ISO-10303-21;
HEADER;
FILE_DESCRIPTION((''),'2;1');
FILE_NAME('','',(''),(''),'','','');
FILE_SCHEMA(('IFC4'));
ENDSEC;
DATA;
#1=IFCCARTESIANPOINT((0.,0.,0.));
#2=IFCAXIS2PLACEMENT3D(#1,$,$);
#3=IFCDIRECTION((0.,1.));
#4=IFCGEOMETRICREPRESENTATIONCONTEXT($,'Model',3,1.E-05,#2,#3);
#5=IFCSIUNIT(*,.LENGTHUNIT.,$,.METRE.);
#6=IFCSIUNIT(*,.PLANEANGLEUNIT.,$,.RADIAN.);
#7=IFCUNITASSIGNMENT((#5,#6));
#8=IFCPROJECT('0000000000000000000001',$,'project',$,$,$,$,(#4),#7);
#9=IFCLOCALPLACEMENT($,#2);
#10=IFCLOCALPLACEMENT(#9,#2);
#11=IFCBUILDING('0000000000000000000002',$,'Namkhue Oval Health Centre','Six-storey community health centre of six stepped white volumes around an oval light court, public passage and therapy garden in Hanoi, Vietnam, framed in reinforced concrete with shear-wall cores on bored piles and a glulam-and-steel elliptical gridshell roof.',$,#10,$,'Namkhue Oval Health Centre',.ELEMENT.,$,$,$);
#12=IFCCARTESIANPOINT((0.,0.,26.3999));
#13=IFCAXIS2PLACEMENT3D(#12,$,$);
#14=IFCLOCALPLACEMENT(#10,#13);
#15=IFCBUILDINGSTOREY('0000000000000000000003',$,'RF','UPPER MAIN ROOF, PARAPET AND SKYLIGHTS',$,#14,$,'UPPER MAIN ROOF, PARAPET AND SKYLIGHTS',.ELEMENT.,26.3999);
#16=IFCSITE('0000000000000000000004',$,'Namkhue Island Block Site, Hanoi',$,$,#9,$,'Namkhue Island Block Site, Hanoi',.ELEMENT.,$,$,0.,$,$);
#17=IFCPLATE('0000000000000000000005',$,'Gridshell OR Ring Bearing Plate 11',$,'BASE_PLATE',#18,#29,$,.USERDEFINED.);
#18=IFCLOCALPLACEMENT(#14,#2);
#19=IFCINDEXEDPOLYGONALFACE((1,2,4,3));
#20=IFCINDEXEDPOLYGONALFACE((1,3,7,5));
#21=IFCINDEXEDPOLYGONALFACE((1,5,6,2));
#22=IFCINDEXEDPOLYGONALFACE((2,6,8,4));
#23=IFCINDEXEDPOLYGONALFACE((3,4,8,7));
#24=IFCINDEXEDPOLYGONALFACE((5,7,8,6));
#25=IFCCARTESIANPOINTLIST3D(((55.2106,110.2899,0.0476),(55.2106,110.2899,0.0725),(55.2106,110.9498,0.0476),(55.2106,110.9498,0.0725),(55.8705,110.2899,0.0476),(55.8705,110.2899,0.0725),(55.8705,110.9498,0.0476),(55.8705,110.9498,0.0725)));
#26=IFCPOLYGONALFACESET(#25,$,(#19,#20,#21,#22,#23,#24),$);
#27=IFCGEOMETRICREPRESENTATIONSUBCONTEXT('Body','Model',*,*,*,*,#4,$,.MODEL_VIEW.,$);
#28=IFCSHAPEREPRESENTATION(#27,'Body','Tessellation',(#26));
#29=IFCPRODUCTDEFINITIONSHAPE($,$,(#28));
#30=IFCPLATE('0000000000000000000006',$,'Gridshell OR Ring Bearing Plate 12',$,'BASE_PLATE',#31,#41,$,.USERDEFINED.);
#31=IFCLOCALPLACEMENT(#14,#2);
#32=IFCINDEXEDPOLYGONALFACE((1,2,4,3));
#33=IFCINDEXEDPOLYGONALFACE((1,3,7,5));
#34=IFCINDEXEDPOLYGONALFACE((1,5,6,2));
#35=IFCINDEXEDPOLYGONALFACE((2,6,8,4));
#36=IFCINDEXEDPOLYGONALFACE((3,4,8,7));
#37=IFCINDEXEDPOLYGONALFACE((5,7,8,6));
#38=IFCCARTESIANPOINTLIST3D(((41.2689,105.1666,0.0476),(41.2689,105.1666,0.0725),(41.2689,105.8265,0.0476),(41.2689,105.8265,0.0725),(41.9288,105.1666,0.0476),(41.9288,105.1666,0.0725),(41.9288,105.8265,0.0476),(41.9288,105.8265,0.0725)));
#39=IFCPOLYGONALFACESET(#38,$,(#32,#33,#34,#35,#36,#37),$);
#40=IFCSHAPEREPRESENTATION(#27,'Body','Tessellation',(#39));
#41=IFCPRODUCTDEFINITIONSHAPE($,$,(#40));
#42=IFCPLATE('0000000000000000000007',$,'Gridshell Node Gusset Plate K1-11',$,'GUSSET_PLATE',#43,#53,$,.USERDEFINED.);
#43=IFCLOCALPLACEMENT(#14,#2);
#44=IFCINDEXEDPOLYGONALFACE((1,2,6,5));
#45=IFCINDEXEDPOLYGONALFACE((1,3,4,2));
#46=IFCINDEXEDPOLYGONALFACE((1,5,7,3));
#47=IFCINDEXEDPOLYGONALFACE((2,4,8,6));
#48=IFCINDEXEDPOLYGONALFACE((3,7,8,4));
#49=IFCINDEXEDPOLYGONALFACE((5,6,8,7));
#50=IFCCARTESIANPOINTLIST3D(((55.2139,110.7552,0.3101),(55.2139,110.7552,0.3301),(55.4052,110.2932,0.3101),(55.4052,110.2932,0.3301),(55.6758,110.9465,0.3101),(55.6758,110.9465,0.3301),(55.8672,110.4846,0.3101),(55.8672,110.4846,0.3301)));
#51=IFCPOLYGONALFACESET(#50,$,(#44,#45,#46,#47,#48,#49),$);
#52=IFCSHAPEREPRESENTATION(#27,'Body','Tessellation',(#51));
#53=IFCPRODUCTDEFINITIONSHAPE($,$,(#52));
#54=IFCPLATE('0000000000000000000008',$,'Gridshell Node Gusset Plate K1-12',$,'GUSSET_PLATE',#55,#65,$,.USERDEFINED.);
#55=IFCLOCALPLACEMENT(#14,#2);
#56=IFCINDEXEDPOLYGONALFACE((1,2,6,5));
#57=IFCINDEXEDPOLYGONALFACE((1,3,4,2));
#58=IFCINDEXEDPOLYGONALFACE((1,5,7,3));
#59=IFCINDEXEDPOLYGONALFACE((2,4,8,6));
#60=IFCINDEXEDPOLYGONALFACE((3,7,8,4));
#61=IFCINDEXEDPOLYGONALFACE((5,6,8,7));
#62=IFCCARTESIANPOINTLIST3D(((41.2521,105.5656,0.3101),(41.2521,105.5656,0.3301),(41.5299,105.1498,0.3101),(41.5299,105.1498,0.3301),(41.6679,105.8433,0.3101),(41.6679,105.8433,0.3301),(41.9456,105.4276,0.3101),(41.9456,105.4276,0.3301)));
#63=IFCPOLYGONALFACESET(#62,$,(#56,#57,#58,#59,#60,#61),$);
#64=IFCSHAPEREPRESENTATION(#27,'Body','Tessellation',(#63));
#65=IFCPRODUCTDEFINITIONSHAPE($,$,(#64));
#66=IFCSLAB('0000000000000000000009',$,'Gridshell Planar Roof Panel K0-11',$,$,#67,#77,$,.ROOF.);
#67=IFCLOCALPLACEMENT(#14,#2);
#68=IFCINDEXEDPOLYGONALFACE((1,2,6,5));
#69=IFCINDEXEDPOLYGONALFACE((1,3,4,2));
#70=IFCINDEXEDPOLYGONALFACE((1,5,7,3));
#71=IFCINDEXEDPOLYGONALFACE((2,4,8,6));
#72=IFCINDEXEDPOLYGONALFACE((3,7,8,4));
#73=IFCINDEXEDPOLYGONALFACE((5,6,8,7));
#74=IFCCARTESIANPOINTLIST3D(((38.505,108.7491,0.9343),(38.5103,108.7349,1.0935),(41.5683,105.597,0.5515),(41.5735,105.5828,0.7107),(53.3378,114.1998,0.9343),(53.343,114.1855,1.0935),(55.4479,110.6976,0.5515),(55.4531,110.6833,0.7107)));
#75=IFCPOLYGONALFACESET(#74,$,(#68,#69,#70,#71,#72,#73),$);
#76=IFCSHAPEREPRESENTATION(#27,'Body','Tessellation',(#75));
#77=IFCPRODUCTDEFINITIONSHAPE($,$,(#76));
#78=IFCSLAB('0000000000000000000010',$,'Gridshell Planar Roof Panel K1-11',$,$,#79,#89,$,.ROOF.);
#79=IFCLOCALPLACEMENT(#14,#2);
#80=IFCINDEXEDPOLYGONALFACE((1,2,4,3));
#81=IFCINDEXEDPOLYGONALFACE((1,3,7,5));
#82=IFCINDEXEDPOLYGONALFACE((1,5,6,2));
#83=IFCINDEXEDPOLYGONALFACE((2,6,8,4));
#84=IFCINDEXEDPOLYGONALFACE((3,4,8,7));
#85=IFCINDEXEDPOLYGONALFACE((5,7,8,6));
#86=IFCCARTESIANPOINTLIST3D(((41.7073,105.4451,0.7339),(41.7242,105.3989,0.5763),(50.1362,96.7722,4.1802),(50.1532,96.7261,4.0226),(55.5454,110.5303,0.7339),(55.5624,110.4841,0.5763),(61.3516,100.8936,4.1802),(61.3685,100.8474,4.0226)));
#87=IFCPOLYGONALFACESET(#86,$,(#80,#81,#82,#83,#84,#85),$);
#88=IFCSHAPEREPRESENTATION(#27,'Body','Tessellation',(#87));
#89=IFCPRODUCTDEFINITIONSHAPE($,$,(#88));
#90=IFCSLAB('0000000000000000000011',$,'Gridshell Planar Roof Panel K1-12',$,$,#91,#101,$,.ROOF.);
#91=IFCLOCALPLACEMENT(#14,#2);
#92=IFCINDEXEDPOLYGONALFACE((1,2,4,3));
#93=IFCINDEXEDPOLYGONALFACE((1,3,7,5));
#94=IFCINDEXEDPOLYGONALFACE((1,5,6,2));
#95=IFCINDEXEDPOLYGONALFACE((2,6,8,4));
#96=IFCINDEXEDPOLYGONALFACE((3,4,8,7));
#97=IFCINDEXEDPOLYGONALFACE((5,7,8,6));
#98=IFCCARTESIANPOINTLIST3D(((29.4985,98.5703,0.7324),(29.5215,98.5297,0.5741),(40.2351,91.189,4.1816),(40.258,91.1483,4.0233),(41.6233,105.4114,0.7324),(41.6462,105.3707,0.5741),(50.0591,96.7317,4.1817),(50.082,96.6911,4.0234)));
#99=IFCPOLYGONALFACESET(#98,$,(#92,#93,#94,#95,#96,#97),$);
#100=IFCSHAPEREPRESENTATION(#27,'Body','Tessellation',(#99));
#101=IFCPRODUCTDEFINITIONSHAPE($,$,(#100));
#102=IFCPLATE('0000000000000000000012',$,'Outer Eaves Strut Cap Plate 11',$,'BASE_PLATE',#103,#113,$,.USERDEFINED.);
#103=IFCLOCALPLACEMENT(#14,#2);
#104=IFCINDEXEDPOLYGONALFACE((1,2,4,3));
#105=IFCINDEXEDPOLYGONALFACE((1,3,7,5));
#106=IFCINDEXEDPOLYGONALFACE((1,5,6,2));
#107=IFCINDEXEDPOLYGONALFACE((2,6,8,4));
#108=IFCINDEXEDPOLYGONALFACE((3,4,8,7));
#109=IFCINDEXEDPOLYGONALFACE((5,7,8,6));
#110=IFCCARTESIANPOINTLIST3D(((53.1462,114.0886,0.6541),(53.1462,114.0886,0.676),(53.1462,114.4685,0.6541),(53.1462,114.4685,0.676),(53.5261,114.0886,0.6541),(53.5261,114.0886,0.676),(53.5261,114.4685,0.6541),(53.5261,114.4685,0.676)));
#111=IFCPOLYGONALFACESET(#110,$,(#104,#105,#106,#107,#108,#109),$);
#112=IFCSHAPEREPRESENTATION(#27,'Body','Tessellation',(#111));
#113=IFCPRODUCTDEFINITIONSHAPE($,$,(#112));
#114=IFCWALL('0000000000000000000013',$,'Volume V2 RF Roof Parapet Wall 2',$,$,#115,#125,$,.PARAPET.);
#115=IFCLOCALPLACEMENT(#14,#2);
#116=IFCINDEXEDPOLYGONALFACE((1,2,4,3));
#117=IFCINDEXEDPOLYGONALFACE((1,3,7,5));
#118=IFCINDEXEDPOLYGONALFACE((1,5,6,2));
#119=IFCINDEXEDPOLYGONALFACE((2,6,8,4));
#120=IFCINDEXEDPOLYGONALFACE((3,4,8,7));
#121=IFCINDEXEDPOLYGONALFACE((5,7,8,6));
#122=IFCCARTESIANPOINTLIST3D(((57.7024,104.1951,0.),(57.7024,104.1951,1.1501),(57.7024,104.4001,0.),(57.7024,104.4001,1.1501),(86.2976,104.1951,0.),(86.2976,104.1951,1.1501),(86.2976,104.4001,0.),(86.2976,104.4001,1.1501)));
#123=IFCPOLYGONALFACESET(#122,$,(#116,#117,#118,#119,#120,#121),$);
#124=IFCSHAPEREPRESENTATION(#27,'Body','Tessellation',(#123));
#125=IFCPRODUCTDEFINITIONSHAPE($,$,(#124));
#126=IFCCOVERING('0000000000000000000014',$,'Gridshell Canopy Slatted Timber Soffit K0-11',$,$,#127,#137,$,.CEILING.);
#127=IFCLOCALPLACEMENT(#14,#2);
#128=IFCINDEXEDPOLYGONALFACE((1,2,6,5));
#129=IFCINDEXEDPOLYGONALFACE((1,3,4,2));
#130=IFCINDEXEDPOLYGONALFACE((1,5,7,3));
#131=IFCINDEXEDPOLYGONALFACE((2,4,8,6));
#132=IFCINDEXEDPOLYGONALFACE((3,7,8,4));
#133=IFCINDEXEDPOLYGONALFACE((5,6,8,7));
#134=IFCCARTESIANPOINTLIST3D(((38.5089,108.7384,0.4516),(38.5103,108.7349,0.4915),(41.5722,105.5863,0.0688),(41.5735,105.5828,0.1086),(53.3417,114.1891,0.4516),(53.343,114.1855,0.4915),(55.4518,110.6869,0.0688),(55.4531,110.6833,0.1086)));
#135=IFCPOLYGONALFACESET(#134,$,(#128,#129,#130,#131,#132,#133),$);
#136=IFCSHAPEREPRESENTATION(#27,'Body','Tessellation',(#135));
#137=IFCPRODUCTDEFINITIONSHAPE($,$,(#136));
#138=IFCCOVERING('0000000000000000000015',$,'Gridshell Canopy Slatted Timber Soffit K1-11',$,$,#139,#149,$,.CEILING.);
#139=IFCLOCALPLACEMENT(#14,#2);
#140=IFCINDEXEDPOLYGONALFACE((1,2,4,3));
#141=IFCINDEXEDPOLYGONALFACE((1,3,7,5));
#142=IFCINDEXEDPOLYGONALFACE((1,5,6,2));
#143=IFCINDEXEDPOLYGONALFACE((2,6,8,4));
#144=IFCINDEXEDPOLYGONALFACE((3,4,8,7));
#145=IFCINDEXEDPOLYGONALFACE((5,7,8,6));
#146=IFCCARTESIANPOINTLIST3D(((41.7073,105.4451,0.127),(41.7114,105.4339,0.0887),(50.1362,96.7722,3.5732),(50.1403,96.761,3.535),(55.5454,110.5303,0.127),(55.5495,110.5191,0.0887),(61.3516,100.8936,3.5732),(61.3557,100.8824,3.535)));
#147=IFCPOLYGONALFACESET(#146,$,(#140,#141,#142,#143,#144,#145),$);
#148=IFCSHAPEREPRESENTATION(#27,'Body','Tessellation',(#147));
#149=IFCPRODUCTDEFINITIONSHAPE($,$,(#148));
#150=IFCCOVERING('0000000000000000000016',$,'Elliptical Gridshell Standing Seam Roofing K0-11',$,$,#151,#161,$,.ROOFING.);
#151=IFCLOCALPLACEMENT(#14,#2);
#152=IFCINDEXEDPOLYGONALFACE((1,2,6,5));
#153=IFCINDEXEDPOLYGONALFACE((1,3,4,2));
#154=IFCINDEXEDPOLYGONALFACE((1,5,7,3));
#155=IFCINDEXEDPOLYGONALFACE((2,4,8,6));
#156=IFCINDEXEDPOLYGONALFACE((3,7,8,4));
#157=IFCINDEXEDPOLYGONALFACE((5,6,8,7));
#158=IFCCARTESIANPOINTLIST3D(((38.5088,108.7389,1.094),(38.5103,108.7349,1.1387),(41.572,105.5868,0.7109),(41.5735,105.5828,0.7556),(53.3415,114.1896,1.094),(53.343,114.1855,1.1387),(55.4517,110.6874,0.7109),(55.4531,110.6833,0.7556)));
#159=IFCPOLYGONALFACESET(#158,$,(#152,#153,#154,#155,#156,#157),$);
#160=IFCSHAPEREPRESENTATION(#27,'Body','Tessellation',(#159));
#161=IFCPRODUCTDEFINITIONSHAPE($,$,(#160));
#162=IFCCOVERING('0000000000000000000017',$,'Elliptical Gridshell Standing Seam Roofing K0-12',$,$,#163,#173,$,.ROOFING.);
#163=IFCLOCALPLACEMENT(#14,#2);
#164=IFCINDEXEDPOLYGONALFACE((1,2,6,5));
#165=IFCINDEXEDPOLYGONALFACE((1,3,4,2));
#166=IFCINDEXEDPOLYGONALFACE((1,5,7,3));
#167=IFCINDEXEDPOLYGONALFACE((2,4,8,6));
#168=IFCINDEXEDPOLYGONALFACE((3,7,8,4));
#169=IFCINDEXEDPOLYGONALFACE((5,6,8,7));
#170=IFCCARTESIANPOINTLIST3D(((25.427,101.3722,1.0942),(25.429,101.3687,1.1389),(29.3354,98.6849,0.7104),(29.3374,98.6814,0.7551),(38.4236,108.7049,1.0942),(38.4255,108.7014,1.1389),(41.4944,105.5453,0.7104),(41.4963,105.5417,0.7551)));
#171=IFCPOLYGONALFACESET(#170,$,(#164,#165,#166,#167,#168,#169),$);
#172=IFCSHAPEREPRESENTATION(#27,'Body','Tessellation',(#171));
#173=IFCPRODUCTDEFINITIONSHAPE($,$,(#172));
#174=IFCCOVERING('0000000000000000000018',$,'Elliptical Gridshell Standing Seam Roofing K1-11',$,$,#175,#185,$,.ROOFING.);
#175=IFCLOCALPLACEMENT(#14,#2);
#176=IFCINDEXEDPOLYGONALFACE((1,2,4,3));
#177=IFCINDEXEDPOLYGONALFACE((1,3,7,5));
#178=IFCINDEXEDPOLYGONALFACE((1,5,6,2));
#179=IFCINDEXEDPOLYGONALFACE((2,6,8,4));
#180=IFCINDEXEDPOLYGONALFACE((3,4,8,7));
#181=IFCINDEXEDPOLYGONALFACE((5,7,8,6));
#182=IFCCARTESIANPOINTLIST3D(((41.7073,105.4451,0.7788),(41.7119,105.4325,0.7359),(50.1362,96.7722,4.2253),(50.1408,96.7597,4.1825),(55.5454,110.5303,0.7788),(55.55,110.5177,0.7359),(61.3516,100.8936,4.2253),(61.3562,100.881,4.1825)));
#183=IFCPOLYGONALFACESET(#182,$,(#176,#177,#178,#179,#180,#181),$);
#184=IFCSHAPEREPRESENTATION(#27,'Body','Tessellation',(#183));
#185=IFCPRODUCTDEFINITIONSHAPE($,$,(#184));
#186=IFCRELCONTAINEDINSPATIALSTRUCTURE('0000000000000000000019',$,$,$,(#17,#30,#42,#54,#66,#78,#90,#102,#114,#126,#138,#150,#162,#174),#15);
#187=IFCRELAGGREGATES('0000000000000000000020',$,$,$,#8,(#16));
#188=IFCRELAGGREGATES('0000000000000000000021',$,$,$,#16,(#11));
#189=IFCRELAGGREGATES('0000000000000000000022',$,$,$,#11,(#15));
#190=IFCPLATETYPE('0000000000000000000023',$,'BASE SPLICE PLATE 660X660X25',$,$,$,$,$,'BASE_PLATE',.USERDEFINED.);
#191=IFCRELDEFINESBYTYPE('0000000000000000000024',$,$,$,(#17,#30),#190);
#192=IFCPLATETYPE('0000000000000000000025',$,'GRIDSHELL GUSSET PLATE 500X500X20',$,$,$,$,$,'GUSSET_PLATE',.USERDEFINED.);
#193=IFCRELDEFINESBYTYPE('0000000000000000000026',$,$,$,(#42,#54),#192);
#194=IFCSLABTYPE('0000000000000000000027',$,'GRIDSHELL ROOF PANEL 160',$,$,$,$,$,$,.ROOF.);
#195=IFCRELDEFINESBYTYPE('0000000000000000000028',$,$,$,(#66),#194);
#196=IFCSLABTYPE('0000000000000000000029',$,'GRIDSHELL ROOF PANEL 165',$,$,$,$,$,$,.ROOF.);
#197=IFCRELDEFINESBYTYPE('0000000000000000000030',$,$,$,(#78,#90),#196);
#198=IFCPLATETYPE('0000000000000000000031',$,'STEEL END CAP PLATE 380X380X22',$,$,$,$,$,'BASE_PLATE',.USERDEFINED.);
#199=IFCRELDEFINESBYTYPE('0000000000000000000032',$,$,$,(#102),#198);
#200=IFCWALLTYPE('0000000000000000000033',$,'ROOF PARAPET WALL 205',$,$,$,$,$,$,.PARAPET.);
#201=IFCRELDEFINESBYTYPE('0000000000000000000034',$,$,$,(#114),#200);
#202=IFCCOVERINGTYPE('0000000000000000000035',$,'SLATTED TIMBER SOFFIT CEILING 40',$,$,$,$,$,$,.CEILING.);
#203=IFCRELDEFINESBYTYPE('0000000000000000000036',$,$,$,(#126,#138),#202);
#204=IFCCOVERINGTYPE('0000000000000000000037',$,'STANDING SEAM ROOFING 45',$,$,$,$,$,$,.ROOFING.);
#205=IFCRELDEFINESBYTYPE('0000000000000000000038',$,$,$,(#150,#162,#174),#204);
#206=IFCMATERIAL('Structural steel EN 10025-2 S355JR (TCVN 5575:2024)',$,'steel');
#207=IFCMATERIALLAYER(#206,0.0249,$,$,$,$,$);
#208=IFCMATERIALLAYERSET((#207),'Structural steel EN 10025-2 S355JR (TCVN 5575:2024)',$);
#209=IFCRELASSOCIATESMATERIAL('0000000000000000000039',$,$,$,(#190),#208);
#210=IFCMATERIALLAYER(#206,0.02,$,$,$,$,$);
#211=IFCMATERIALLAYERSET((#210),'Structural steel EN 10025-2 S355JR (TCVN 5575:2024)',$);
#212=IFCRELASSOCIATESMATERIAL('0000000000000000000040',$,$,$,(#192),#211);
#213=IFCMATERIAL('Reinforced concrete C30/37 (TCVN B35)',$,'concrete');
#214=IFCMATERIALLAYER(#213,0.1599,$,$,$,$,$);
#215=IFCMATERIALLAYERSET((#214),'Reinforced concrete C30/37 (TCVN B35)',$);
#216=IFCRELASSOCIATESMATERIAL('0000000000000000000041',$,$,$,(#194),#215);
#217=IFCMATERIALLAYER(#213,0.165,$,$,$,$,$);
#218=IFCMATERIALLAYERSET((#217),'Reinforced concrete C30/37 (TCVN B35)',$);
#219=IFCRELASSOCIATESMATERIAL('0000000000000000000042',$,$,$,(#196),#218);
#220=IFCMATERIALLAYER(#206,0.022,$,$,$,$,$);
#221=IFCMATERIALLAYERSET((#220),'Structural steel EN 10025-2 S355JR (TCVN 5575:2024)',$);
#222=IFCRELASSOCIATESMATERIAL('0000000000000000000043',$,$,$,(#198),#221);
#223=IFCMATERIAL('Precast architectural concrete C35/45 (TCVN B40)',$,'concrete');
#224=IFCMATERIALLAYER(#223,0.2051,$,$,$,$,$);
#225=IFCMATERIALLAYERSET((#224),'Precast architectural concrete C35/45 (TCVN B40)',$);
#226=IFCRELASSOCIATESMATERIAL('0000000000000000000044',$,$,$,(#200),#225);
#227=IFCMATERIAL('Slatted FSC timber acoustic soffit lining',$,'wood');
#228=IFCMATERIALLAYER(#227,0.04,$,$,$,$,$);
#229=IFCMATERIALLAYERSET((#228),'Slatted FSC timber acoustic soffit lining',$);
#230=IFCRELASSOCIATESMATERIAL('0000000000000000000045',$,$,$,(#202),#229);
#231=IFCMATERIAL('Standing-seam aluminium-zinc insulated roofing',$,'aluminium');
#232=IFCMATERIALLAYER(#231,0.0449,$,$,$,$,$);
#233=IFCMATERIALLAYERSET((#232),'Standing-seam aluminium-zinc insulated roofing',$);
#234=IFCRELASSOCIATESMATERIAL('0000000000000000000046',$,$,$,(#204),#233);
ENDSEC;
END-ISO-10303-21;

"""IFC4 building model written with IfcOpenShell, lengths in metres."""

from ifc_helpers import new_model, si_unit, direction, frame, frame_2d, origin, origin_2d, place, context, subcontext, project, spatial, polyline, rectangle, outline, extrude, material, layer, layer_set, type_object, element, save


model = new_model("IFC4")

# Units and contexts
model_context = context("Model", 3, precision=1e-05, world=origin(), true_north=direction((0.0, 1.0)))
body_context = subcontext(model_context, "Body", "Model", "MODEL_VIEW")
ifc_project = project(units=[si_unit("LENGTHUNIT", "METRE"), si_unit("PLANEANGLEUNIT", "RADIAN")], contexts=[model_context])

# Site, building, storey
site_placement = place(None, origin())
site = spatial("IfcSite", under=ifc_project, at=site_placement, Name="Namkhue Island Block Site, Hanoi", LongName="Namkhue Island Block Site, Hanoi", CompositionType="ELEMENT", RefElevation=0.0)
building_placement = place(site_placement, origin())
building = spatial("IfcBuilding", under=site, at=building_placement, Name="Namkhue Oval Health Centre", Description="Six-storey community health centre of six stepped white volumes around an oval light court, public passage and therapy garden in Hanoi, Vietnam, framed in reinforced concrete with shear-wall cores on bored piles and a glulam-and-steel elliptical gridshell roof.", LongName="Namkhue Oval Health Centre", CompositionType="ELEMENT")
storey_placement = place(building_placement, frame((0.0, 0.0, 26.3999)))
storey = spatial("IfcBuildingStorey", under=building, at=storey_placement, Name="RF", Description="UPPER MAIN ROOF, PARAPET AND SKYLIGHTS", LongName="UPPER MAIN ROOF, PARAPET AND SKYLIGHTS", CompositionType="ELEMENT", Elevation=26.3999)

# Shared definitions
ifc_material_1 = material(Name="Precast architectural concrete C35/45 (TCVN B40)", Category="concrete")

# Shared definitions
ifc_material_2 = material(Name="Structural steel EN 10025-2 S355JR (TCVN 5575:2024)", Category="steel")

# Plates
ifc_layer_1 = layer(ifc_material_2, 0.0249)
ifc_layer_set_1 = layer_set([ifc_layer_1], Name="Structural steel EN 10025-2 S355JR (TCVN 5575:2024)")
plate_type_1 = type_object("IfcPlateType", Name="BASE SPLICE PLATE 660X660X25", ElementType="BASE_PLATE", PredefinedType="USERDEFINED", material=ifc_layer_set_1)
for number, where, z_axis, x_axis, name in (
    (1, (55.5405, 110.6199, 0.0476), (0.0, 0.0, 1.0), (1.0, 0.0, 0.0), "Gridshell OR Ring Bearing Plate 11"),
    (2, (41.5989, 105.4966, 0.0476), (0.0, 0.0, 1.0), (1.0, 0.0, 0.0), "Gridshell OR Ring Bearing Plate 12"),
):
    element("IfcPlate", number, at=place(storey_placement, frame(where, z_axis=z_axis, x_axis=x_axis)), inside=storey, type_object=plate_type_1, Name=name, ObjectType="BASE_PLATE", PredefinedType="USERDEFINED", context=body_context, shape_type="SweptSolid", body=[
        extrude(rectangle(XDim=0.6599, YDim=0.6599, at=origin_2d()), origin(), (0.0, 0.0, 1.0), 0.0249),
    ])
ifc_layer_2 = layer(ifc_material_2, 0.02)
ifc_layer_set_2 = layer_set([ifc_layer_2], Name="Structural steel EN 10025-2 S355JR (TCVN 5575:2024)")
plate_type_2 = type_object("IfcPlateType", Name="GRIDSHELL GUSSET PLATE 500X500X20", ElementType="GUSSET_PLATE", PredefinedType="USERDEFINED", material=ifc_layer_set_2)
for number, where, z_axis, x_axis, name in (
    (3, (55.5405, 110.6199, 0.3101), (0.0, 0.0, 1.0), (-0.382683, 0.92388, 0.0), "Gridshell Node Gusset Plate K1-11"),
    (4, (41.5989, 105.4966, 0.3101), (0.0, 0.0, 1.0), (-0.55557, 0.83147, 0.0), "Gridshell Node Gusset Plate K1-12"),
):
    element("IfcPlate", number, at=place(storey_placement, frame(where, z_axis=z_axis, x_axis=x_axis)), inside=storey, type_object=plate_type_2, Name=name, ObjectType="GUSSET_PLATE", PredefinedType="USERDEFINED", context=body_context, shape_type="SweptSolid", body=[
        extrude(rectangle(XDim=0.5, YDim=0.5, at=origin_2d()), origin(), (0.0, 0.0, 1.0), 0.02),
    ])

# Slabs
ifc_material_3 = material(Name="Reinforced concrete C30/37 (TCVN B35)", Category="concrete")
ifc_layer_3 = layer(ifc_material_3, 0.1599)
ifc_layer_set_3 = layer_set([ifc_layer_3], Name="Reinforced concrete C30/37 (TCVN B35)")
slab_type_1 = type_object("IfcSlabType", Name="GRIDSHELL ROOF PANEL 160", PredefinedType="ROOF", material=ifc_layer_set_3)
slab_1_placement = place(storey_placement, frame((53.343, 114.1855, 1.0935), z_axis=(0.032738, -0.089086, 0.995486), x_axis=(-0.938631, -0.344924, 0.0)))
element("IfcSlab", 5, at=slab_1_placement, inside=storey, type_object=slab_type_1, Name="Gridshell Planar Roof Panel K0-11", PredefinedType="ROOF", context=body_context, shape_type="SweptSolid", body=[
    extrude(outline(polyline([(0.0, 0.0), (15.8026, 0.0), (14.0145, 4.0334), (-0.7726, 4.0333), (0.0, 0.0)])), origin(), (0.0, 0.0, -1.0), 0.1599),
])
ifc_layer_4 = layer(ifc_material_3, 0.165)
ifc_layer_set_4 = layer_set([ifc_layer_4], Name="Reinforced concrete C30/37 (TCVN B35)")
slab_type_2 = type_object("IfcSlabType", Name="GRIDSHELL ROOF PANEL 165", PredefinedType="ROOF", material=ifc_layer_set_4)
slab_2_placement = place(storey_placement, frame((55.5454, 110.5303, 0.7339), z_axis=(-0.102714, 0.279512, 0.954632), x_axis=(-0.93863, -0.344925, 0.0)))
element("IfcSlab", 6, at=slab_2_placement, inside=storey, type_object=slab_type_2, Name="Gridshell Planar Roof Panel K1-11", PredefinedType="ROOF", context=body_context, shape_type="SweptSolid", body=[
    extrude(outline(polyline([(0.0, 0.0), (14.7429, 0.0), (9.8227, 11.573), (-2.1259, 11.573), (0.0, 0.0)])), origin(), (0.0, 0.0, -1.0), 0.165),
])
slab_3_placement = place(storey_placement, frame((41.6233, 105.4114, 0.7324), z_axis=(-0.138902, 0.246187, 0.959217), x_axis=(-0.870934, -0.4914, 0.000002)))
element("IfcSlab", 7, at=slab_3_placement, inside=storey, type_object=slab_type_2, Name="Gridshell Planar Roof Panel K1-12", PredefinedType="ROOF", context=body_context, shape_type="SweptSolid", body=[
    extrude(outline(polyline([(0.0, 0.0), (13.9216, 0.0), (8.1979, 12.2023), (-3.0818, 12.2024), (0.0, 0.0)])), origin(), (0.0, 0.0, -1.0), 0.165),
])

# Plate
ifc_layer_5 = layer(ifc_material_2, 0.022)
ifc_layer_set_5 = layer_set([ifc_layer_5], Name="Structural steel EN 10025-2 S355JR (TCVN 5575:2024)")
plate_type_3 = type_object("IfcPlateType", Name="STEEL END CAP PLATE 380X380X22", ElementType="BASE_PLATE", PredefinedType="USERDEFINED", material=ifc_layer_set_5)
plate_placement = place(storey_placement, frame((53.3362, 114.2786, 0.6541), z_axis=(0.0, 0.0, 1.0), x_axis=(1.0, 0.0, 0.0)))
element("IfcPlate", 8, at=plate_placement, inside=storey, type_object=plate_type_3, Name="Outer Eaves Strut Cap Plate 11", ObjectType="BASE_PLATE", PredefinedType="USERDEFINED", context=body_context, shape_type="SweptSolid", body=[
    extrude(rectangle(XDim=0.3799, YDim=0.3799, at=origin_2d()), origin(), (0.0, 0.0, 1.0), 0.022),
])

# Wall
ifc_layer_6 = layer(ifc_material_1, 0.2051)
ifc_layer_set_6 = layer_set([ifc_layer_6], Name="Precast architectural concrete C35/45 (TCVN B40)")
wall_type = type_object("IfcWallType", Name="ROOF PARAPET WALL 205", PredefinedType="PARAPET", material=ifc_layer_set_6)
wall_placement = place(storey_placement, frame((57.7024, 104.2976, 0.0), z_axis=(0.0, 0.0, 1.0), x_axis=(1.0, 0.0, 0.0)))
element("IfcWall", 9, at=wall_placement, inside=storey, type_object=wall_type, Name="Volume V2 RF Roof Parapet Wall 2", PredefinedType="PARAPET", context=body_context, shape_type="SweptSolid", body=[
    extrude(rectangle(XDim=28.5952, YDim=0.2051, at=frame_2d((14.2976, 0.0))), origin(), (0.0, 0.0, 1.0), 1.1501),
])

# Coverings
ifc_material_4 = material(Name="Slatted FSC timber acoustic soffit lining", Category="wood")
ifc_layer_7 = layer(ifc_material_4, 0.04)
ifc_layer_set_7 = layer_set([ifc_layer_7], Name="Slatted FSC timber acoustic soffit lining")
covering_type_1 = type_object("IfcCoveringType", Name="SLATTED TIMBER SOFFIT CEILING 40", PredefinedType="CEILING", material=ifc_layer_set_7)
covering_1_placement = place(storey_placement, frame((53.343, 114.1855, 0.4915), z_axis=(0.032738, -0.089086, 0.995486), x_axis=(-0.938631, -0.344924, 0.0)))
element("IfcCovering", 10, at=covering_1_placement, inside=storey, type_object=covering_type_1, Name="Gridshell Canopy Slatted Timber Soffit K0-11", PredefinedType="CEILING", context=body_context, shape_type="SweptSolid", body=[
    extrude(outline(polyline([(0.0, 0.0), (15.8026, 0.0), (14.0145, 4.0334), (-0.7726, 4.0333), (0.0, 0.0)])), origin(), (0.0, 0.0, -1.0), 0.04),
])
covering_2_placement = place(storey_placement, frame((55.5454, 110.5303, 0.127), z_axis=(-0.102714, 0.279512, 0.954632), x_axis=(-0.93863, -0.344925, 0.0)))
element("IfcCovering", 11, at=covering_2_placement, inside=storey, type_object=covering_type_1, Name="Gridshell Canopy Slatted Timber Soffit K1-11", PredefinedType="CEILING", context=body_context, shape_type="SweptSolid", body=[
    extrude(outline(polyline([(0.0, 0.0), (14.7429, 0.0), (9.8227, 11.573), (-2.1259, 11.573), (0.0, 0.0)])), origin(), (0.0, 0.0, -1.0), 0.04),
])
ifc_material_5 = material(Name="Standing-seam aluminium-zinc insulated roofing", Category="aluminium")
ifc_layer_8 = layer(ifc_material_5, 0.0449)
ifc_layer_set_8 = layer_set([ifc_layer_8], Name="Standing-seam aluminium-zinc insulated roofing")
covering_type_2 = type_object("IfcCoveringType", Name="STANDING SEAM ROOFING 45", PredefinedType="ROOFING", material=ifc_layer_set_8)
covering_3_placement = place(storey_placement, frame((53.343, 114.1855, 1.1387), z_axis=(0.032758, -0.089143, 0.99548), x_axis=(-0.938631, -0.344924, 0.0)))
element("IfcCovering", 12, at=covering_3_placement, inside=storey, type_object=covering_type_2, Name="Elliptical Gridshell Standing Seam Roofing K0-11", PredefinedType="ROOFING", context=body_context, shape_type="SweptSolid", body=[
    extrude(outline(polyline([(0.0, 0.0), (15.8026, 0.0), (14.0145, 4.0335), (-0.7726, 4.0333), (0.0, 0.0)])), origin(), (0.0, 0.0, -1.0), 0.0449),
])
covering_4_placement = place(storey_placement, frame((38.4255, 108.7014, 1.1389), z_axis=(0.044082, -0.07813, 0.995968), x_axis=(-0.870939, -0.49139, 0.000001)))
element("IfcCovering", 13, at=covering_4_placement, inside=storey, type_object=covering_type_2, Name="Elliptical Gridshell Standing Seam Roofing K0-12", PredefinedType="ROOFING", context=body_context, shape_type="SweptSolid", body=[
    extrude(outline(polyline([(0.0, 0.0), (14.9225, 0.0), (12.839, 4.2783), (-1.1219, 4.2781), (0.0, 0.0)])), origin(), (0.0, 0.0, -1.0), 0.0449),
])
covering_5_placement = place(storey_placement, frame((55.5454, 110.5303, 0.7788), z_axis=(-0.10272, 0.27953, 0.954626), x_axis=(-0.93863, -0.344925, 0.0)))
element("IfcCovering", 14, at=covering_5_placement, inside=storey, type_object=covering_type_2, Name="Elliptical Gridshell Standing Seam Roofing K1-11", PredefinedType="ROOFING", context=body_context, shape_type="SweptSolid", body=[
    extrude(outline(polyline([(0.0, 0.0), (14.7429, 0.0), (9.8227, 11.5731), (-2.1259, 11.5731), (0.0, 0.0)])), origin(), (0.0, 0.0, -1.0), 0.0449),
])

save(model, "model.ifc")
